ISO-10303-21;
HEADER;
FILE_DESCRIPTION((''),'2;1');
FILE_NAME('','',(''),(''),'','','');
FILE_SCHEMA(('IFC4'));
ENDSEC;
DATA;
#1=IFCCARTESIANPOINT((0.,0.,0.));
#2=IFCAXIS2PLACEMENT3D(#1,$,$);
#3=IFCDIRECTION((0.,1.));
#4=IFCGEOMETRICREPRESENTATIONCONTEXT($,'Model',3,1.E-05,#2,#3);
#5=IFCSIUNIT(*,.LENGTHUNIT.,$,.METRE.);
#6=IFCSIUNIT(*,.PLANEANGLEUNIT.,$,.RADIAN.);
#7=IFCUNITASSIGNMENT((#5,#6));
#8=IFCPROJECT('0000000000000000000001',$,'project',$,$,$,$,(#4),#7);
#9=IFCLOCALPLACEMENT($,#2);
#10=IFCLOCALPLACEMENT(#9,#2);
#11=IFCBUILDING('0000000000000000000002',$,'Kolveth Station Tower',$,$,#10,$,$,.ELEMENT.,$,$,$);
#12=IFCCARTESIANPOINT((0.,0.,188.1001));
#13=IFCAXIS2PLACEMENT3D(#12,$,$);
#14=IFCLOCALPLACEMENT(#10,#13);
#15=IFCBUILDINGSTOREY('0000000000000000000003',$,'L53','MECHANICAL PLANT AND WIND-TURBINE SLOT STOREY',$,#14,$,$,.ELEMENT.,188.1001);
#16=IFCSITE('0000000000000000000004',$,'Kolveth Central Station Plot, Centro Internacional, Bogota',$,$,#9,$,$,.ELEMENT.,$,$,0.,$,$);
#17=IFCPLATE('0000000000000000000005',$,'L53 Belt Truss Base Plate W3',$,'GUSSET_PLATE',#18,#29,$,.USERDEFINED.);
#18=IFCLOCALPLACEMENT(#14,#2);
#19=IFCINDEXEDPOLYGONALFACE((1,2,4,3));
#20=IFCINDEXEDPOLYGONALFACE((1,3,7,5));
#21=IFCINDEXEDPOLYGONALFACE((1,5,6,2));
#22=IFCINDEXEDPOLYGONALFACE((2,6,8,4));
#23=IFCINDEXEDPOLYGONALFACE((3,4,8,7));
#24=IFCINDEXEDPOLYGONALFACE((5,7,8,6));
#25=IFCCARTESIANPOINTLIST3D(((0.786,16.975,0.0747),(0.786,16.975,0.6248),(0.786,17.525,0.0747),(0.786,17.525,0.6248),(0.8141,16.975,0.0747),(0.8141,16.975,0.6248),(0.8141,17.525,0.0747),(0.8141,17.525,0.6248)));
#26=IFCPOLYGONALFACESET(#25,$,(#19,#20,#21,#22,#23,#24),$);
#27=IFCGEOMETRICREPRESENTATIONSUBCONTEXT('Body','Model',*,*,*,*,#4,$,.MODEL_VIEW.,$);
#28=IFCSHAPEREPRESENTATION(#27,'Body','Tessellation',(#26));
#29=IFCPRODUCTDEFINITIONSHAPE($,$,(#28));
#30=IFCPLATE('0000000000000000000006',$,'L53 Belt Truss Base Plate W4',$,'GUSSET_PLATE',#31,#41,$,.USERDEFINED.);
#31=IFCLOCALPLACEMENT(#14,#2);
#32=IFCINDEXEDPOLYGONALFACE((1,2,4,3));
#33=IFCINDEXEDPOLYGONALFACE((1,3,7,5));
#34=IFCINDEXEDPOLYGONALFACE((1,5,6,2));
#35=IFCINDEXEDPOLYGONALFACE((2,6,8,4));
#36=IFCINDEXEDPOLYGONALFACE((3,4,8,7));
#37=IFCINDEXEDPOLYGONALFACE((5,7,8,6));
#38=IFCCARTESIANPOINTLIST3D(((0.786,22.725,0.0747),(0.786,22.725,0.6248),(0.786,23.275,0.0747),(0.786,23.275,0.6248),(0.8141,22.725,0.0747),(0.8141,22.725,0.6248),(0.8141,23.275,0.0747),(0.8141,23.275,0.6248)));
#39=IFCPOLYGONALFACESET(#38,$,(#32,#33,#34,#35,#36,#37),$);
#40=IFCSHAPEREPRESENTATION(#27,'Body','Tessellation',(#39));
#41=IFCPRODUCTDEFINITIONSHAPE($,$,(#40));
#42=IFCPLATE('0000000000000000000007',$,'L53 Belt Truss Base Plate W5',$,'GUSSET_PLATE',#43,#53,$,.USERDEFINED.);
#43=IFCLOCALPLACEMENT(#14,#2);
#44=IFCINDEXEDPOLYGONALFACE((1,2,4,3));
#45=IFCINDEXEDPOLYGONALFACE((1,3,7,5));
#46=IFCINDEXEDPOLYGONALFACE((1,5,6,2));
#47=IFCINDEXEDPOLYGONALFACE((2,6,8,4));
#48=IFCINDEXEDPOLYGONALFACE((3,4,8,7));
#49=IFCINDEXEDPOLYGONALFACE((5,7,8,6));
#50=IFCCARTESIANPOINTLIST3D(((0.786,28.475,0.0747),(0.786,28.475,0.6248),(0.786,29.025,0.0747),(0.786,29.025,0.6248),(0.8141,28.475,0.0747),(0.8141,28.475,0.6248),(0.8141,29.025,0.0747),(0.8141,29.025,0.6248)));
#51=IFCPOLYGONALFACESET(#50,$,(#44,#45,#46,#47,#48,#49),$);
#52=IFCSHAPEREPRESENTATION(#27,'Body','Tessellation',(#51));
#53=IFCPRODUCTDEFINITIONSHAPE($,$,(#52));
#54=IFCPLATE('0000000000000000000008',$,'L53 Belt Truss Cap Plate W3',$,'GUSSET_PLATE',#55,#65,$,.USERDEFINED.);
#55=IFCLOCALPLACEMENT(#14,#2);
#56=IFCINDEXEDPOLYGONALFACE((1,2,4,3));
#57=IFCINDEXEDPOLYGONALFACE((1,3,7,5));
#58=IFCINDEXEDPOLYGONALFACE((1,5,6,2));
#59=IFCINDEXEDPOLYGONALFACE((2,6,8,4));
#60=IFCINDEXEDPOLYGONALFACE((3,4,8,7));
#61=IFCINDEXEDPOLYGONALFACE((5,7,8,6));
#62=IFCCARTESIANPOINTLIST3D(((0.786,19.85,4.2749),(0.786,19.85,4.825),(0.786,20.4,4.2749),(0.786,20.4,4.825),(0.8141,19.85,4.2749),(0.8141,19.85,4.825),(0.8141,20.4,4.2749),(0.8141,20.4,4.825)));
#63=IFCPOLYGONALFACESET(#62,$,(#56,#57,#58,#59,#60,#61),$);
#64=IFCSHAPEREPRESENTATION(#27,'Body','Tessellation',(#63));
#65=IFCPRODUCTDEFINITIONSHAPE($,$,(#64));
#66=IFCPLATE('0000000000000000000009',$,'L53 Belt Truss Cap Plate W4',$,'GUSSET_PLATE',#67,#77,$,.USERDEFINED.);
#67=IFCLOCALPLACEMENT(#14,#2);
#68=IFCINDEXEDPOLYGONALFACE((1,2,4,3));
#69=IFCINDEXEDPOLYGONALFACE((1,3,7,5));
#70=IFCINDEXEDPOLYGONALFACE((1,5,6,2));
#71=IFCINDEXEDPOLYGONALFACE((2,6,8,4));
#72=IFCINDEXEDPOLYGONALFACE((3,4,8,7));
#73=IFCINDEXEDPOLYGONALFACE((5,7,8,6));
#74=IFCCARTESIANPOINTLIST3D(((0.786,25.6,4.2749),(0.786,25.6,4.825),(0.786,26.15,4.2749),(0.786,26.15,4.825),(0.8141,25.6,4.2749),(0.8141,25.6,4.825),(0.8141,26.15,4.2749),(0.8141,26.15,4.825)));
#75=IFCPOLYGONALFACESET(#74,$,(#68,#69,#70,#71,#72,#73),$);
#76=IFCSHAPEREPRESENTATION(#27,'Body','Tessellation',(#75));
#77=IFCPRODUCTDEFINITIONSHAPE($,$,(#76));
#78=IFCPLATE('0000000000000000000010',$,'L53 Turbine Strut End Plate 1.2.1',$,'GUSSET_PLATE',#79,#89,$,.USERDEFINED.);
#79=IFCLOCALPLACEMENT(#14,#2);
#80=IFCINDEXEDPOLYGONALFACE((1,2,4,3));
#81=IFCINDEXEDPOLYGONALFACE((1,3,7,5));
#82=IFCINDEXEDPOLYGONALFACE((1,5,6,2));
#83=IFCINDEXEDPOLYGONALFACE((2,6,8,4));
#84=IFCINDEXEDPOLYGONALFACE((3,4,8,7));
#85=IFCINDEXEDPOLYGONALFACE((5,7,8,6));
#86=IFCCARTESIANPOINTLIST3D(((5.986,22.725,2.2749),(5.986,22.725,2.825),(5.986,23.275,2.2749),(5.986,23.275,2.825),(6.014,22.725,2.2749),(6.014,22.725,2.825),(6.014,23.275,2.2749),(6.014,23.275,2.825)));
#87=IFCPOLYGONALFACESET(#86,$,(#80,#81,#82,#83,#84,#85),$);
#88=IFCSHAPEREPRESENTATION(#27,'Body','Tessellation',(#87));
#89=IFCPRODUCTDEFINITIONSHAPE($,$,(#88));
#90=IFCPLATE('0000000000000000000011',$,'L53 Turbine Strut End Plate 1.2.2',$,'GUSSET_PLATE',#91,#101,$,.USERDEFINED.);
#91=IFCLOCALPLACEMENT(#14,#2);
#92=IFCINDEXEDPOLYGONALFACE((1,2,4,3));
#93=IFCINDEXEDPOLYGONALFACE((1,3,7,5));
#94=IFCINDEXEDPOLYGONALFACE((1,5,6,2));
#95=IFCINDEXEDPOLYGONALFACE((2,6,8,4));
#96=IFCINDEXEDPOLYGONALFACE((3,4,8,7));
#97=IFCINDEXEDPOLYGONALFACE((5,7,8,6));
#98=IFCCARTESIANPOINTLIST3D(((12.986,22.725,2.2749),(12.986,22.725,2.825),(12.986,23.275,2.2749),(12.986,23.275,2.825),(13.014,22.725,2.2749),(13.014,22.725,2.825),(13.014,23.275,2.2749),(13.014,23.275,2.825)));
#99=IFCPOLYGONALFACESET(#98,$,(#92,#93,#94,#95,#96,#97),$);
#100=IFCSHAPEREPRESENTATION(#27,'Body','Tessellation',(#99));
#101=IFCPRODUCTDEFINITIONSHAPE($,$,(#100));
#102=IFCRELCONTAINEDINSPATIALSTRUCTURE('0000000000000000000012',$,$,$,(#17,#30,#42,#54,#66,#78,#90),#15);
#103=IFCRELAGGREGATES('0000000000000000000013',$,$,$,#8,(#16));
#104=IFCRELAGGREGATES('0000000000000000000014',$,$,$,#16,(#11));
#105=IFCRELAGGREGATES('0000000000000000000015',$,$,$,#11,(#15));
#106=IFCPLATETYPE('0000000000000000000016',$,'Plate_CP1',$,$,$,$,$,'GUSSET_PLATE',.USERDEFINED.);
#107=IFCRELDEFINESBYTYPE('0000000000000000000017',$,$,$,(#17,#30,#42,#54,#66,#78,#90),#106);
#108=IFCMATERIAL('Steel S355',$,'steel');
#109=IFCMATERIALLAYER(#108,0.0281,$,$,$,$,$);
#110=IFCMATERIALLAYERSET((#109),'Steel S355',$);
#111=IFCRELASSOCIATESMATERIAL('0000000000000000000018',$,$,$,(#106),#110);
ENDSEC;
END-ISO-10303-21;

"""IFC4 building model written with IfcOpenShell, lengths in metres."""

from ifc_helpers import new_model, si_unit, direction, frame, origin, origin_2d, place, context, subcontext, project, spatial, rectangle, extrude, source, transform, mapped, material, layer, layer_set, type_object, element, save


model = new_model("IFC4")

# Units and contexts
model_context = context("Model", 3, precision=1e-05, world=origin(), true_north=direction((0.0, 1.0)))
body_context = subcontext(model_context, "Body", "Model", "MODEL_VIEW")
ifc_project = project(units=[si_unit("LENGTHUNIT", "METRE"), si_unit("PLANEANGLEUNIT", "RADIAN")], contexts=[model_context])

# Site, building, storey
site_placement = place(None, origin())
site = spatial("IfcSite", under=ifc_project, at=site_placement, Name="Kolveth Central Station Plot, Centro Internacional, Bogota", CompositionType="ELEMENT", RefElevation=0.0)
building_placement = place(site_placement, origin())
building = spatial("IfcBuilding", under=site, at=building_placement, Name="Kolveth Station Tower", CompositionType="ELEMENT")
storey_placement = place(building_placement, frame((0.0, 0.0, 188.1001)))
storey = spatial("IfcBuildingStorey", under=building, at=storey_placement, Name="L53", Description="MECHANICAL PLANT AND WIND-TURBINE SLOT STOREY", CompositionType="ELEMENT", Elevation=188.1001)

# Shared definitions
ifc_material_1 = material(Name="Steel S355", Category="steel")

# Plates
ifc_layer_1 = layer(ifc_material_1, 0.0281)
ifc_layer_set_1 = layer_set([ifc_layer_1], Name="Steel S355")
plate_type_1 = type_object("IfcPlateType", Name="Plate_CP1", ElementType="GUSSET_PLATE", PredefinedType="USERDEFINED", material=ifc_layer_set_1)
shared_shape_1 = source(origin(), body_context, "Body", "SweptSolid", [
    extrude(rectangle(XDim=0.0281, YDim=0.55, at=origin_2d()), origin(), (0.0, 0.0, 1.0), 0.55),
])
for number, where, z_axis, x_axis, name in (
    (1, (0.8, 17.25, 0.0747), (0.0, 0.0, 1.0), (1.0, 0.0, 0.0), "L53 Belt Truss Base Plate W3"),
    (2, (0.8, 23.0, 0.0747), (0.0, 0.0, 1.0), (1.0, 0.0, 0.0), "L53 Belt Truss Base Plate W4"),
    (3, (0.8, 28.75, 0.0747), (0.0, 0.0, 1.0), (1.0, 0.0, 0.0), "L53 Belt Truss Base Plate W5"),
    (4, (0.8, 20.125, 4.2749), (0.0, 0.0, 1.0), (1.0, 0.0, 0.0), "L53 Belt Truss Cap Plate W3"),
    (5, (0.8, 25.875, 4.2749), (0.0, 0.0, 1.0), (1.0, 0.0, 0.0), "L53 Belt Truss Cap Plate W4"),
    (6, (6.0, 23.0, 2.2749), (0.0, 0.0, 1.0), (1.0, 0.0, 0.0), "L53 Turbine Strut End Plate 1.2.1"),
    (7, (13.0, 23.0, 2.2749), (0.0, 0.0, 1.0), (1.0, 0.0, 0.0), "L53 Turbine Strut End Plate 1.2.2"),
):
    element("IfcPlate", number, at=place(storey_placement, frame(where, z_axis=z_axis, x_axis=x_axis)), inside=storey, type_object=plate_type_1, Name=name, ObjectType="GUSSET_PLATE", PredefinedType="USERDEFINED", context=body_context, shape_type="MappedRepresentation", body=[
        mapped(shared_shape_1, transform((0.0, 0.0, 0.0), x_axis=(1.0, 0.0, 0.0), y_axis=(0.0, 1.0, 0.0), z_axis=(0.0, 0.0, 1.0), scale=1.0)),
    ])

save(model, "model.ifc")
